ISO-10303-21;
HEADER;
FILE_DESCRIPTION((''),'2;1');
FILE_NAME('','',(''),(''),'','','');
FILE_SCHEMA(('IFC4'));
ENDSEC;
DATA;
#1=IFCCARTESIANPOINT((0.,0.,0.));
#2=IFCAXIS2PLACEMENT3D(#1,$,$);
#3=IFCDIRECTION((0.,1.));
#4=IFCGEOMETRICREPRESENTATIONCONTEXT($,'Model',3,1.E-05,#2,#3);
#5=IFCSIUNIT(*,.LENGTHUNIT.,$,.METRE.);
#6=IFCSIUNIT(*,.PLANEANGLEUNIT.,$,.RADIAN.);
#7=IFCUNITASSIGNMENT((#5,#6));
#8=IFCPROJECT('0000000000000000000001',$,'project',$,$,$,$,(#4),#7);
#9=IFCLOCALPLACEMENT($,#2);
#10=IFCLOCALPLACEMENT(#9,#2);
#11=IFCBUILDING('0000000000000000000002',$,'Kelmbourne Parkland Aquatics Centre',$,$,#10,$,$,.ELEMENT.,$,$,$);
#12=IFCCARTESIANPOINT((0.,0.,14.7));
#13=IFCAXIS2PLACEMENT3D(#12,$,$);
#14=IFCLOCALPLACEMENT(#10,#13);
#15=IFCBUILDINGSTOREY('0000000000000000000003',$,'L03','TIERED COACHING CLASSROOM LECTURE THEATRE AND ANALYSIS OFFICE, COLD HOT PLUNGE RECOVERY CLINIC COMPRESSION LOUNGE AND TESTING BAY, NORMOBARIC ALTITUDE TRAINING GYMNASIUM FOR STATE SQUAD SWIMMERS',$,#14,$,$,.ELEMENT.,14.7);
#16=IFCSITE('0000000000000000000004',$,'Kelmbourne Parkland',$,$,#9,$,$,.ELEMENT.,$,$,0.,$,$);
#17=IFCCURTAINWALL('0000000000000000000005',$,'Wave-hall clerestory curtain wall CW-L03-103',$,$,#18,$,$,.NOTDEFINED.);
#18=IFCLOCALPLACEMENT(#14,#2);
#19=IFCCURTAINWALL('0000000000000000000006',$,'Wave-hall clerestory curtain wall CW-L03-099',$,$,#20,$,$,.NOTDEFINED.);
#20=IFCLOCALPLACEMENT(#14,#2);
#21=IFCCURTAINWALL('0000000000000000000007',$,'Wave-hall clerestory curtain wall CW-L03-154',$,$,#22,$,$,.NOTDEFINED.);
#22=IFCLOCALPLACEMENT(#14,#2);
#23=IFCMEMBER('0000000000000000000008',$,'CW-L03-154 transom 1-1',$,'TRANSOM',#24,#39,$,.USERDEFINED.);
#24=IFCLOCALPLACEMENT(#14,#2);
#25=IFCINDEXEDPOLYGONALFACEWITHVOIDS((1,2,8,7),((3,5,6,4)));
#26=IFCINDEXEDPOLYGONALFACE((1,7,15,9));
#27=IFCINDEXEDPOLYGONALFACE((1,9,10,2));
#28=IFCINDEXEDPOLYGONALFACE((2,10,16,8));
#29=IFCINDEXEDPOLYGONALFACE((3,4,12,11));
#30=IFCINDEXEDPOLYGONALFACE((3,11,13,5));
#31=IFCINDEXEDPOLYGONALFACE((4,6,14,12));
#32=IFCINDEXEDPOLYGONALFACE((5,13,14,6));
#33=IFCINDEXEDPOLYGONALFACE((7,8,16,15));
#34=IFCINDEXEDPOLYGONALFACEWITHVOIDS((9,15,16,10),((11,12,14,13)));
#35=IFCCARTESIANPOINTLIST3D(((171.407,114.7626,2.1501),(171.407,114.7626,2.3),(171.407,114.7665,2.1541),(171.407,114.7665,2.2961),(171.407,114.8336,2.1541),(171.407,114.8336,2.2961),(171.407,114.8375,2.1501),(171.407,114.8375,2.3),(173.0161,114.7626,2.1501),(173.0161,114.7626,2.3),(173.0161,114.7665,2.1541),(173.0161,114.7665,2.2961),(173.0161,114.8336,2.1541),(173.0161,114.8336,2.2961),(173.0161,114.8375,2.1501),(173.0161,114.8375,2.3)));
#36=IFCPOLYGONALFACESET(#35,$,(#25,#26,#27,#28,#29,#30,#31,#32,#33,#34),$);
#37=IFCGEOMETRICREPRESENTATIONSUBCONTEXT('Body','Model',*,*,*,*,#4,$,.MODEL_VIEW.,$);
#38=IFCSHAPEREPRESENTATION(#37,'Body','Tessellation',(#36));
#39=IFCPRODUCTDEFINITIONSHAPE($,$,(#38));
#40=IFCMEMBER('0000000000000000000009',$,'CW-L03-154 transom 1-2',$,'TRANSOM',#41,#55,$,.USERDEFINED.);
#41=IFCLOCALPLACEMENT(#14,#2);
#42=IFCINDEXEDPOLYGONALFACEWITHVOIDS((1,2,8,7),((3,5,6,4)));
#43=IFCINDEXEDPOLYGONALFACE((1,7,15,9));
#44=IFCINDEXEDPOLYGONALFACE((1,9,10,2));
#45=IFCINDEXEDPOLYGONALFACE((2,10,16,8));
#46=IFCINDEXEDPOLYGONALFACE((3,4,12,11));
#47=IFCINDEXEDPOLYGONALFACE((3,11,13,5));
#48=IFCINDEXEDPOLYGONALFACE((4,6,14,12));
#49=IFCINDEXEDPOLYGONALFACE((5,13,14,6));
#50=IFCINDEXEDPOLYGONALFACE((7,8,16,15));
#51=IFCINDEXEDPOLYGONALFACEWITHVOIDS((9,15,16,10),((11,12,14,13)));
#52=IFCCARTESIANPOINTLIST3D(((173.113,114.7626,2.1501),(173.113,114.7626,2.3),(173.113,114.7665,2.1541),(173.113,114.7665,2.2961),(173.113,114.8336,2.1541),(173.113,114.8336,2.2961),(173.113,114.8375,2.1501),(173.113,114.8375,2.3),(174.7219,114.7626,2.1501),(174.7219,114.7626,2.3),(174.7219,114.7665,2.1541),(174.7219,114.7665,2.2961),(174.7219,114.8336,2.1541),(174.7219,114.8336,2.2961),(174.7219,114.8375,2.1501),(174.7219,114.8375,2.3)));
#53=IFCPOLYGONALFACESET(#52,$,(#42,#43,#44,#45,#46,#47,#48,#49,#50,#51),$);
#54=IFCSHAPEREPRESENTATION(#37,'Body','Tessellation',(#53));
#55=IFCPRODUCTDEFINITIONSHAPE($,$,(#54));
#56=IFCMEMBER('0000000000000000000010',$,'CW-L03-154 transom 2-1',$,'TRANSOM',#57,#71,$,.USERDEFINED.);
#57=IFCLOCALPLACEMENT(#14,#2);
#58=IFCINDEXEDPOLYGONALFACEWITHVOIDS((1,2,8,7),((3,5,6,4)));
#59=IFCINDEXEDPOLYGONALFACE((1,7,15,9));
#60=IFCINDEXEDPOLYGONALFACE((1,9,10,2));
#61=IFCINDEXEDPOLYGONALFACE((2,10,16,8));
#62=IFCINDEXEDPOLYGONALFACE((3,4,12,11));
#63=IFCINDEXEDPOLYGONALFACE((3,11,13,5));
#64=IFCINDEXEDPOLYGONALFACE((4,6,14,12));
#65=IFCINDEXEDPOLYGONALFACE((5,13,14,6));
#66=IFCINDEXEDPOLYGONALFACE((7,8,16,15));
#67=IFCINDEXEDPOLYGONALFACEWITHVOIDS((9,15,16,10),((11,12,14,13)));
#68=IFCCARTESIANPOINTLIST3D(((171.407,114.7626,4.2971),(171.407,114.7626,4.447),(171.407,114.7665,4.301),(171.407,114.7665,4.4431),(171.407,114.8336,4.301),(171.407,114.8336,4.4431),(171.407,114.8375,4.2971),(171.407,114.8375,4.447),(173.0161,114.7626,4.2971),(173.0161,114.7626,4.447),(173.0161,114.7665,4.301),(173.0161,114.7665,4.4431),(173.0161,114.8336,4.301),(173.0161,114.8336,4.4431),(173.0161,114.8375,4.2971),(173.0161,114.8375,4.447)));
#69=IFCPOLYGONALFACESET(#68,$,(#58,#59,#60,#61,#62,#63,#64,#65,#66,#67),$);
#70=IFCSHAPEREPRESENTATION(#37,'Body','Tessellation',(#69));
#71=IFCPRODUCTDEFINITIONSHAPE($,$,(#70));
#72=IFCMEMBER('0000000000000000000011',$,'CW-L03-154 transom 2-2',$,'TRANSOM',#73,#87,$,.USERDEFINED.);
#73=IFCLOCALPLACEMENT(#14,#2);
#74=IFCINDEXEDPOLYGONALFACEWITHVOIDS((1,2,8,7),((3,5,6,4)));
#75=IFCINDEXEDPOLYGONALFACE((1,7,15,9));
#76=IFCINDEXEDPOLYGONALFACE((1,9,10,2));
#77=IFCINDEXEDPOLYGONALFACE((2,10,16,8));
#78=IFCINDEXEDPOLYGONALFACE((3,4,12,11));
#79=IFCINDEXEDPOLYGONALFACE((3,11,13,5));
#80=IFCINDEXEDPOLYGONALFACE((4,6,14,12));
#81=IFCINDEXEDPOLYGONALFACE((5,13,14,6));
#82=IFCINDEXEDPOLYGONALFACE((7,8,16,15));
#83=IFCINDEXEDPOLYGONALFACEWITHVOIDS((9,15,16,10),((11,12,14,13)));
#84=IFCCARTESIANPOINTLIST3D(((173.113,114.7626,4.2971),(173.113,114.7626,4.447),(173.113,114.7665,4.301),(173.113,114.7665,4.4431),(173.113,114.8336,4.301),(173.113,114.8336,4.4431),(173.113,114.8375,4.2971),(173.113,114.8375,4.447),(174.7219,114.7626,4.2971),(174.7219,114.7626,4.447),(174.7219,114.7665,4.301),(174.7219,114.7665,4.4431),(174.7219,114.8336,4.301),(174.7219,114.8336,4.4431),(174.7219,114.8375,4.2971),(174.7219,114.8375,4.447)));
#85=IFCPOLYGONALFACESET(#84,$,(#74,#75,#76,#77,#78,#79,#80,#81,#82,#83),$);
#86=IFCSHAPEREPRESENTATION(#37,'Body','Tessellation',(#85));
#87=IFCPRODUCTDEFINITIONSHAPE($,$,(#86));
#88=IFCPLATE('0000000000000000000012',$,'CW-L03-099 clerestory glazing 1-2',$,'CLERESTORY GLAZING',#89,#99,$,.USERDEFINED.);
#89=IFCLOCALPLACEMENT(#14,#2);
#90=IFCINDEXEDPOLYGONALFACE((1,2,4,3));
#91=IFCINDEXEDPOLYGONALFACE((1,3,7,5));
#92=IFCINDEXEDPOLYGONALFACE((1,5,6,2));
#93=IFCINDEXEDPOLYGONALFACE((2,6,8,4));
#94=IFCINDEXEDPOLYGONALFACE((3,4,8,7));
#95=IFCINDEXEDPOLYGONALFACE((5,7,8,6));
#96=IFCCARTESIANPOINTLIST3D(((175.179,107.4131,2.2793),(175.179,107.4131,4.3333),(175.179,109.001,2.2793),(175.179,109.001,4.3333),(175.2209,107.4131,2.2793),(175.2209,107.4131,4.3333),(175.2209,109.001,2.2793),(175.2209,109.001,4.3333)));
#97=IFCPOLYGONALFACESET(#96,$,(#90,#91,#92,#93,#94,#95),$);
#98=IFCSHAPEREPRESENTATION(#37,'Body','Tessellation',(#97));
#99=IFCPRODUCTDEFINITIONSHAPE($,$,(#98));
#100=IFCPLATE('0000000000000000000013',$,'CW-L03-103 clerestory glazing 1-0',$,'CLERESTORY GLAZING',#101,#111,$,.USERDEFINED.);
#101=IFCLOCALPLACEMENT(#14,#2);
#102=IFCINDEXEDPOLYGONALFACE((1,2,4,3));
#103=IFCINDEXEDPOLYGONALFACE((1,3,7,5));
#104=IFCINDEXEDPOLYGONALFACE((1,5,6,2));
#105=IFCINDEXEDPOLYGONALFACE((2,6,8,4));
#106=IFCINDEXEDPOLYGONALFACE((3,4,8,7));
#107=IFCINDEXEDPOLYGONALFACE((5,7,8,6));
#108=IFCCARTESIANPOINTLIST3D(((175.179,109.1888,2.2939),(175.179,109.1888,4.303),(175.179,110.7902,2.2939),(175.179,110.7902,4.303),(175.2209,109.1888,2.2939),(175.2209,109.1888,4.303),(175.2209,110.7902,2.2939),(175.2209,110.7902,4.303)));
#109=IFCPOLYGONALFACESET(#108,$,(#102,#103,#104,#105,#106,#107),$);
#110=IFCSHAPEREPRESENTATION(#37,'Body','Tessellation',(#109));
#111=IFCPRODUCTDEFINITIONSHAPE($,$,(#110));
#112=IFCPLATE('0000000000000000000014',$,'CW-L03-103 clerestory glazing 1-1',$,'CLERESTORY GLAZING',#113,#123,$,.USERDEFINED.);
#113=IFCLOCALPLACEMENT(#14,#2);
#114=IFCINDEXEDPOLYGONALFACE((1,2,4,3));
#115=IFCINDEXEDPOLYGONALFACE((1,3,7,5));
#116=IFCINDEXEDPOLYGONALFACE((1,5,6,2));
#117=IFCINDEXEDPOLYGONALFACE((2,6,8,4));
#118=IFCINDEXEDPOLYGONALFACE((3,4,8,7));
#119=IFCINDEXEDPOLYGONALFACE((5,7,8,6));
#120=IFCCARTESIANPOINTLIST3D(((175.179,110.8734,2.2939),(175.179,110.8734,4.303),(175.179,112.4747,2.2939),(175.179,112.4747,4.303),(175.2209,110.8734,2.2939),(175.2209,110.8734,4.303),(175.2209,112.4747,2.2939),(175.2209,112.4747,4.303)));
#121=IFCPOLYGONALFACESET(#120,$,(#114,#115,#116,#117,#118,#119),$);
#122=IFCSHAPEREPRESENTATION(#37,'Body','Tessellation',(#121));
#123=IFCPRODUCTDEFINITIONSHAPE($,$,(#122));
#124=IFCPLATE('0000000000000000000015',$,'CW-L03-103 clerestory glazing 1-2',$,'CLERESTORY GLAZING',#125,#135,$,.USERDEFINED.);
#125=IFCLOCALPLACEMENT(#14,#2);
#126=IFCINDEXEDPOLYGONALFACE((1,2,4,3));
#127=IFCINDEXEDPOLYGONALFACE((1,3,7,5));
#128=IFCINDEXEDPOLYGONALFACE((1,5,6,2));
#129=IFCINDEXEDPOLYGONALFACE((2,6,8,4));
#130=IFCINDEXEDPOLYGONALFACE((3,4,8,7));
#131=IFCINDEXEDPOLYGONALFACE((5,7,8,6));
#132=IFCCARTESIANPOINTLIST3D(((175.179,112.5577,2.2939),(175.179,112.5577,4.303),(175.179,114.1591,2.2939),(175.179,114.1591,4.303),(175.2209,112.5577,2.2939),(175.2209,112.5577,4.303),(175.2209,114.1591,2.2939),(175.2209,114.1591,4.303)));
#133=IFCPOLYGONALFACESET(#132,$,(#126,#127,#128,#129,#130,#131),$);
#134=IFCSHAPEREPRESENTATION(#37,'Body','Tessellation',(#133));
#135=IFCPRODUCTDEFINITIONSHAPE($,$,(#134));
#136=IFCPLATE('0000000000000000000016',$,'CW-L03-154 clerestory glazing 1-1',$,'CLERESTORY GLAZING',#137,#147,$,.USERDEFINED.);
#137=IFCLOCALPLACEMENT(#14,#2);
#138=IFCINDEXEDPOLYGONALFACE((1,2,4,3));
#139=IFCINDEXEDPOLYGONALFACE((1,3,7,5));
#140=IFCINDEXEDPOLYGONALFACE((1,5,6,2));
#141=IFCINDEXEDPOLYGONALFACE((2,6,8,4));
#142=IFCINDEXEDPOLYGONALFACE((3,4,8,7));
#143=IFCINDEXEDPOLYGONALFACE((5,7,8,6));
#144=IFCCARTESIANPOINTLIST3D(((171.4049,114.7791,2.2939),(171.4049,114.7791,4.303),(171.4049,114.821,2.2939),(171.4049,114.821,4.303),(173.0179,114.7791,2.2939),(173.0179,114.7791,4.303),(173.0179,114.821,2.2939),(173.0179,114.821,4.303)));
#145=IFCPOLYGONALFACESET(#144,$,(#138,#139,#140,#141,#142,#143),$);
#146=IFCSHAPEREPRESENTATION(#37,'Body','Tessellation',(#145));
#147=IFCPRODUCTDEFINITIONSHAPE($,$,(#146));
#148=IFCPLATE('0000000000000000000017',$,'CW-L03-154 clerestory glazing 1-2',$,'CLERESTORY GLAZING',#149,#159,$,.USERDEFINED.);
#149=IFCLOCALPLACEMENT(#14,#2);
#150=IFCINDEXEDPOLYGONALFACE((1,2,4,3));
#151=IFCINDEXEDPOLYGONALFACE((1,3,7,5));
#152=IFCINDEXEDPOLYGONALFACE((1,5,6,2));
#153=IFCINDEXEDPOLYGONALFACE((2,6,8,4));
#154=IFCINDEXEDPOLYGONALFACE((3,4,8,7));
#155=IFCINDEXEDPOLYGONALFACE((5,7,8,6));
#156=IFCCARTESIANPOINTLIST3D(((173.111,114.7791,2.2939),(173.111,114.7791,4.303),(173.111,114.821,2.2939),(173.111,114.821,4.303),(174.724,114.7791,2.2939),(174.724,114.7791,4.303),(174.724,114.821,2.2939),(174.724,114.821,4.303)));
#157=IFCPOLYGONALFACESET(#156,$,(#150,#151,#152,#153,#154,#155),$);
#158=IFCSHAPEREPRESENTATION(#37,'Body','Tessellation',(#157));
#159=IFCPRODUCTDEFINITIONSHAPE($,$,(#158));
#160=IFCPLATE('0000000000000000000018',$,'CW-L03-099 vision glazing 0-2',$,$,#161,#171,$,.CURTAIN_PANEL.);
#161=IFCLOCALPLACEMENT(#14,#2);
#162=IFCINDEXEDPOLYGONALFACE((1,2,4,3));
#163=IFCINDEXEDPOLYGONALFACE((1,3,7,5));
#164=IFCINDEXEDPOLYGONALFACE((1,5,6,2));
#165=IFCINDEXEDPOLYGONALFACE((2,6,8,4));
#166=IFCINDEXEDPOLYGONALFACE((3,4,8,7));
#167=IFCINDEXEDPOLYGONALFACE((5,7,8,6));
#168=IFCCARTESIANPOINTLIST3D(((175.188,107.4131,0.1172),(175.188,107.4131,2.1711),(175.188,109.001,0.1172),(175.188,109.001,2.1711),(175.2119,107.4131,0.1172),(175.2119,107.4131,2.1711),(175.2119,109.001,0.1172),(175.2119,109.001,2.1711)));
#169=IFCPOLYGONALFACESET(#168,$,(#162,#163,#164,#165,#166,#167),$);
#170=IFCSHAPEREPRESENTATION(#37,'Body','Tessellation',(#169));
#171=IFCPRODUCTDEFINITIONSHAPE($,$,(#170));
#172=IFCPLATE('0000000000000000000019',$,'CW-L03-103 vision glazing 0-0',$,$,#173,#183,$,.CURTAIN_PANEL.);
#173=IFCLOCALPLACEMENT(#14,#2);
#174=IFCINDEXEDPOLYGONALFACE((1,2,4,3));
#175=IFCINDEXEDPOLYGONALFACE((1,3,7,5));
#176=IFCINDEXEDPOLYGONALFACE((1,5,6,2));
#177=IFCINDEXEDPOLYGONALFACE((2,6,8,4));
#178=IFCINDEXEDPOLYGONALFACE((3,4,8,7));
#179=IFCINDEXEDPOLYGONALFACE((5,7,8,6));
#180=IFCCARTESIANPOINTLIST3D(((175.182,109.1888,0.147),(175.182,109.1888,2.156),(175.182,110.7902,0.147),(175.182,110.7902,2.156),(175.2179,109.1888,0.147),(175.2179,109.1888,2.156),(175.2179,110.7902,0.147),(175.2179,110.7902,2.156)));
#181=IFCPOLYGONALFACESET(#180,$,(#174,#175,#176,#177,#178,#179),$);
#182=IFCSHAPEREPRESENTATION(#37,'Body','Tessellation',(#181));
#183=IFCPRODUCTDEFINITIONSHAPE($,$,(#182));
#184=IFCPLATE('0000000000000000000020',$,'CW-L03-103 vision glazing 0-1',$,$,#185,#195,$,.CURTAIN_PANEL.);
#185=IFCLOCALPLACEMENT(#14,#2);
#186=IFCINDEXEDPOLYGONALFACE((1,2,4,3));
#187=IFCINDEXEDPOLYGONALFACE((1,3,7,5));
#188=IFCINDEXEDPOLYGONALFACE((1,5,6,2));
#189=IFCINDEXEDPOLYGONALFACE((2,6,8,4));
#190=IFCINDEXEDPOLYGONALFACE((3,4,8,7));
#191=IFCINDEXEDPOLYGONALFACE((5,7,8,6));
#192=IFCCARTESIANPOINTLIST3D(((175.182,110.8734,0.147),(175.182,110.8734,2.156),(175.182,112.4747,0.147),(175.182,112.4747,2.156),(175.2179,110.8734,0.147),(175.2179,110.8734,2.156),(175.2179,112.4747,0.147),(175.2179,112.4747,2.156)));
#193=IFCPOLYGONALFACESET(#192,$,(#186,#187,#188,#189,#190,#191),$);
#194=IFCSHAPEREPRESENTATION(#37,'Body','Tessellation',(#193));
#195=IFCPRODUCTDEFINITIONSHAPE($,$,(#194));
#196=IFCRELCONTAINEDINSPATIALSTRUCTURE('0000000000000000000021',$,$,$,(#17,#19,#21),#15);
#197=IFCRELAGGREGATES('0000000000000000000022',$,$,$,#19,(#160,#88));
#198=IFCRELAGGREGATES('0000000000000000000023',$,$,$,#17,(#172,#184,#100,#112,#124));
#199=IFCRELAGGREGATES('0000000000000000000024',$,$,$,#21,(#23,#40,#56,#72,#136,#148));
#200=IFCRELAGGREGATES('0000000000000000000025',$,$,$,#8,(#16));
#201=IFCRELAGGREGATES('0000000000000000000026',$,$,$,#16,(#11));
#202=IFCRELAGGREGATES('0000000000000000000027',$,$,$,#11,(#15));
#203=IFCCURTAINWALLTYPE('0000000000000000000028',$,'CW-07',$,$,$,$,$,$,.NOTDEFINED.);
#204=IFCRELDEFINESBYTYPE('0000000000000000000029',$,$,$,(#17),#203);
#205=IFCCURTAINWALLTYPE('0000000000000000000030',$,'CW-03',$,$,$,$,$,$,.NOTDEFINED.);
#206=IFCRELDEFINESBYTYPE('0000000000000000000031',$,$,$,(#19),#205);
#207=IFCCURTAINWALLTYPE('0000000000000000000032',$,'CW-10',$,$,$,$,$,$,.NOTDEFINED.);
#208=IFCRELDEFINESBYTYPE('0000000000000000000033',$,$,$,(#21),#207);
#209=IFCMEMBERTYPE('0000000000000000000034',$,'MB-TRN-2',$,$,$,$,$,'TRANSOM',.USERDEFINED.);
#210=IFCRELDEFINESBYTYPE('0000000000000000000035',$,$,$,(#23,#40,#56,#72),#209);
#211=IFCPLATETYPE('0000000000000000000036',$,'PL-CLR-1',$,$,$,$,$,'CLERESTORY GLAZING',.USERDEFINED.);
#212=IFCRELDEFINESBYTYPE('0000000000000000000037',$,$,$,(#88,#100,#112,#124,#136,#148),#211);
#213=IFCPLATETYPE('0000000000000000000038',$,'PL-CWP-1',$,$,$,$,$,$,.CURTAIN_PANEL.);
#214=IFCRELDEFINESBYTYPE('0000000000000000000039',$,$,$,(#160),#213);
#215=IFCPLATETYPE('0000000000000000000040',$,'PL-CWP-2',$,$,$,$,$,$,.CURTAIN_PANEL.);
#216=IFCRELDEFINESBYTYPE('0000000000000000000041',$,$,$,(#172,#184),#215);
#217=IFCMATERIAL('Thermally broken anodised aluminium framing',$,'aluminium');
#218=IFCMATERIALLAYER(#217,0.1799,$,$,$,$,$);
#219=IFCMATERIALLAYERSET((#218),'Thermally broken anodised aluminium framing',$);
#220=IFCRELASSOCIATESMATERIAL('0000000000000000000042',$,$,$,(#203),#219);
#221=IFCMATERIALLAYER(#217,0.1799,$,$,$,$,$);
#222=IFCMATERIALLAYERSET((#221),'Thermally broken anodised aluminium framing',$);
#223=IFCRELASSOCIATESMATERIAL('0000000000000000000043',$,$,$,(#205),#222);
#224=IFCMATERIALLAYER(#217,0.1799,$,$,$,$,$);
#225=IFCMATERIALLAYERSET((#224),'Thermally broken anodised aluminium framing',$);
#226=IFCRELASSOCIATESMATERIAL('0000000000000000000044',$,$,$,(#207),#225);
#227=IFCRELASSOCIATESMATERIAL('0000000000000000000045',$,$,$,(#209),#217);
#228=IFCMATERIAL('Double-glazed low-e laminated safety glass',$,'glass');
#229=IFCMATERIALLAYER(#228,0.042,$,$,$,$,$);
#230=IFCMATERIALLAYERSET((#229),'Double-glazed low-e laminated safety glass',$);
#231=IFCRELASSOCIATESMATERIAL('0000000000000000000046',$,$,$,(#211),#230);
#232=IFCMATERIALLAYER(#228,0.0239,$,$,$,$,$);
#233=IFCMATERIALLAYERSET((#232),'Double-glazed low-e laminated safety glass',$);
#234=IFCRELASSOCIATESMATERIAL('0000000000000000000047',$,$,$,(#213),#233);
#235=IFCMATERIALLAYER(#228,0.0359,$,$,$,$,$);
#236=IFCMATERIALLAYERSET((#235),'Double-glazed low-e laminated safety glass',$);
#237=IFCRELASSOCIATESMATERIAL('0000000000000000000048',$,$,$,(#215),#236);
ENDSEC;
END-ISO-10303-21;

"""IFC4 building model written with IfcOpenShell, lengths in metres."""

from ifc_helpers import new_model, si_unit, direction, frame, origin, origin_2d, place, context, subcontext, project, spatial, rectangle, hollow_rectangle, extrude, material, layer, layer_set, material_profile, profile_set, type_object, element, aggregate, save


model = new_model("IFC4")

# Units and contexts
model_context = context("Model", 3, precision=1e-05, world=origin(), true_north=direction((0.0, 1.0)))
body_context = subcontext(model_context, "Body", "Model", "MODEL_VIEW")
ifc_project = project(units=[si_unit("LENGTHUNIT", "METRE"), si_unit("PLANEANGLEUNIT", "RADIAN")], contexts=[model_context])

# Site, building, storey
site_placement = place(None, origin())
site = spatial("IfcSite", under=ifc_project, at=site_placement, Name="Kelmbourne Parkland", CompositionType="ELEMENT", RefElevation=0.0)
building_placement = place(site_placement, origin())
building = spatial("IfcBuilding", under=site, at=building_placement, Name="Kelmbourne Parkland Aquatics Centre", CompositionType="ELEMENT")
storey_placement = place(building_placement, frame((0.0, 0.0, 14.7)))
storey = spatial("IfcBuildingStorey", under=building, at=storey_placement, Name="L03", Description="TIERED COACHING CLASSROOM LECTURE THEATRE AND ANALYSIS OFFICE, COLD HOT PLUNGE RECOVERY CLINIC COMPRESSION LOUNGE AND TESTING BAY, NORMOBARIC ALTITUDE TRAINING GYMNASIUM FOR STATE SQUAD SWIMMERS", CompositionType="ELEMENT", Elevation=14.7)

# Curtain walls
ifc_material_1 = material(Name="Thermally broken anodised aluminium framing", Category="aluminium")
ifc_layer_1 = layer(ifc_material_1, 0.1799)
ifc_layer_set_1 = layer_set([ifc_layer_1], Name="Thermally broken anodised aluminium framing")
curtain_wall_type_1 = type_object("IfcCurtainWallType", Name="CW-07", PredefinedType="NOTDEFINED", material=ifc_layer_set_1)
curtain_wall_1_placement = place(storey_placement, origin())
curtain_wall_1 = element("IfcCurtainWall", 1, at=curtain_wall_1_placement, inside=storey, type_object=curtain_wall_type_1, Name="Wave-hall clerestory curtain wall CW-L03-103", PredefinedType="NOTDEFINED")
ifc_layer_2 = layer(ifc_material_1, 0.1799)
ifc_layer_set_2 = layer_set([ifc_layer_2], Name="Thermally broken anodised aluminium framing")
curtain_wall_type_2 = type_object("IfcCurtainWallType", Name="CW-03", PredefinedType="NOTDEFINED", material=ifc_layer_set_2)
curtain_wall_2_placement = place(storey_placement, origin())
curtain_wall_2 = element("IfcCurtainWall", 2, at=curtain_wall_2_placement, inside=storey, type_object=curtain_wall_type_2, Name="Wave-hall clerestory curtain wall CW-L03-099", PredefinedType="NOTDEFINED")
ifc_layer_3 = layer(ifc_material_1, 0.1799)
ifc_layer_set_3 = layer_set([ifc_layer_3], Name="Thermally broken anodised aluminium framing")
curtain_wall_type_3 = type_object("IfcCurtainWallType", Name="CW-10", PredefinedType="NOTDEFINED", material=ifc_layer_set_3)
curtain_wall_3_placement = place(storey_placement, origin())
curtain_wall_3 = element("IfcCurtainWall", 3, at=curtain_wall_3_placement, inside=storey, type_object=curtain_wall_type_3, Name="Wave-hall clerestory curtain wall CW-L03-154", PredefinedType="NOTDEFINED")

# Members
ifc_material_profile_1 = material_profile(ifc_material_1, hollow_rectangle(XDim=0.075, YDim=0.1499, WallThickness=0.0039, at=origin_2d()), Name="CW-T 75x150")
ifc_profile_set_1 = profile_set([ifc_material_profile_1], Name="Thermally broken anodised aluminium framing")
member_type_1 = type_object("IfcMemberType", Name="MB-TRN-2", ElementType="TRANSOM", PredefinedType="USERDEFINED", material=ifc_profile_set_1)
member_1_placement = place(storey_placement, frame((171.407, 114.8, 2.2251), z_axis=(1.0, 0.0, 0.0), x_axis=(0.0, 1.0, 0.0)))
member_1 = element("IfcMember", 4, at=member_1_placement, type_object=member_type_1, Name="CW-L03-154 transom 1-1", ObjectType="TRANSOM", PredefinedType="USERDEFINED", context=body_context, shape_type="SweptSolid", body=[
    extrude(hollow_rectangle(XDim=0.075, YDim=0.1499, WallThickness=0.0039, at=origin_2d()), origin(), (0.0, 0.0, 1.0), 1.6091),
])
member_2_placement = place(storey_placement, frame((173.113, 114.8, 2.2251), z_axis=(1.0, 0.0, 0.0), x_axis=(0.0, 1.0, 0.0)))
member_2 = element("IfcMember", 5, at=member_2_placement, type_object=member_type_1, Name="CW-L03-154 transom 1-2", ObjectType="TRANSOM", PredefinedType="USERDEFINED", context=body_context, shape_type="SweptSolid", body=[
    extrude(hollow_rectangle(XDim=0.075, YDim=0.1499, WallThickness=0.0039, at=origin_2d()), origin(), (0.0, 0.0, 1.0), 1.6089),
])
member_3_placement = place(storey_placement, frame((171.407, 114.8, 4.3721), z_axis=(1.0, 0.0, 0.0), x_axis=(0.0, 1.0, 0.0)))
member_3 = element("IfcMember", 6, at=member_3_placement, type_object=member_type_1, Name="CW-L03-154 transom 2-1", ObjectType="TRANSOM", PredefinedType="USERDEFINED", context=body_context, shape_type="SweptSolid", body=[
    extrude(hollow_rectangle(XDim=0.075, YDim=0.1499, WallThickness=0.0039, at=origin_2d()), origin(), (0.0, 0.0, 1.0), 1.6091),
])
member_4_placement = place(storey_placement, frame((173.113, 114.8, 4.3721), z_axis=(1.0, 0.0, 0.0), x_axis=(0.0, 1.0, 0.0)))
member_4 = element("IfcMember", 7, at=member_4_placement, type_object=member_type_1, Name="CW-L03-154 transom 2-2", ObjectType="TRANSOM", PredefinedType="USERDEFINED", context=body_context, shape_type="SweptSolid", body=[
    extrude(hollow_rectangle(XDim=0.075, YDim=0.1499, WallThickness=0.0039, at=origin_2d()), origin(), (0.0, 0.0, 1.0), 1.6089),
])

# Plates
ifc_material_2 = material(Name="Double-glazed low-e laminated safety glass", Category="glass")
ifc_layer_4 = layer(ifc_material_2, 0.042)
ifc_layer_set_4 = layer_set([ifc_layer_4], Name="Double-glazed low-e laminated safety glass")
plate_type_1 = type_object("IfcPlateType", Name="PL-CLR-1", ElementType="CLERESTORY GLAZING", PredefinedType="USERDEFINED", material=ifc_layer_set_4)
plate_1_placement = place(storey_placement, frame((175.2, 108.207, 2.2793), z_axis=(0.0, 0.0, 1.0), x_axis=(0.0, 1.0, 0.0)))
plate_1 = element("IfcPlate", 8, at=plate_1_placement, type_object=plate_type_1, Name="CW-L03-099 clerestory glazing 1-2", ObjectType="CLERESTORY GLAZING", PredefinedType="USERDEFINED", context=body_context, shape_type="SweptSolid", body=[
    extrude(rectangle(XDim=1.5879, YDim=0.042, at=origin_2d()), origin(), (0.0, 0.0, 1.0), 2.054),
])
plate_2_placement = place(storey_placement, frame((175.2, 109.9895, 2.2939), z_axis=(0.0, 0.0, 1.0), x_axis=(0.0, 1.0, 0.0)))
plate_2 = element("IfcPlate", 9, at=plate_2_placement, type_object=plate_type_1, Name="CW-L03-103 clerestory glazing 1-0", ObjectType="CLERESTORY GLAZING", PredefinedType="USERDEFINED", context=body_context, shape_type="SweptSolid", body=[
    extrude(rectangle(XDim=1.6013, YDim=0.042, at=origin_2d()), origin(), (0.0, 0.0, 1.0), 2.009),
])
plate_3_placement = place(storey_placement, frame((175.2, 111.6741, 2.2939), z_axis=(0.0, 0.0, 1.0), x_axis=(0.0, 1.0, 0.0)))
plate_3 = element("IfcPlate", 10, at=plate_3_placement, type_object=plate_type_1, Name="CW-L03-103 clerestory glazing 1-1", ObjectType="CLERESTORY GLAZING", PredefinedType="USERDEFINED", context=body_context, shape_type="SweptSolid", body=[
    extrude(rectangle(XDim=1.6013, YDim=0.042, at=origin_2d()), origin(), (0.0, 0.0, 1.0), 2.009),
])
plate_4_placement = place(storey_placement, frame((175.2, 113.3584, 2.2939), z_axis=(0.0, 0.0, 1.0), x_axis=(0.0, 1.0, 0.0)))
plate_4 = element("IfcPlate", 11, at=plate_4_placement, type_object=plate_type_1, Name="CW-L03-103 clerestory glazing 1-2", ObjectType="CLERESTORY GLAZING", PredefinedType="USERDEFINED", context=body_context, shape_type="SweptSolid", body=[
    extrude(rectangle(XDim=1.6013, YDim=0.042, at=origin_2d()), origin(), (0.0, 0.0, 1.0), 2.009),
])
plate_5_placement = place(storey_placement, frame((172.2114, 114.8, 2.2939), z_axis=(0.0, 0.0, 1.0), x_axis=(1.0, 0.0, 0.0)))
plate_5 = element("IfcPlate", 12, at=plate_5_placement, type_object=plate_type_1, Name="CW-L03-154 clerestory glazing 1-1", ObjectType="CLERESTORY GLAZING", PredefinedType="USERDEFINED", context=body_context, shape_type="SweptSolid", body=[
    extrude(rectangle(XDim=1.613, YDim=0.042, at=origin_2d()), origin(), (0.0, 0.0, 1.0), 2.009),
])
plate_6_placement = place(storey_placement, frame((173.9175, 114.8, 2.2939), z_axis=(0.0, 0.0, 1.0), x_axis=(1.0, 0.0, 0.0)))
plate_6 = element("IfcPlate", 13, at=plate_6_placement, type_object=plate_type_1, Name="CW-L03-154 clerestory glazing 1-2", ObjectType="CLERESTORY GLAZING", PredefinedType="USERDEFINED", context=body_context, shape_type="SweptSolid", body=[
    extrude(rectangle(XDim=1.613, YDim=0.042, at=origin_2d()), origin(), (0.0, 0.0, 1.0), 2.009),
])
ifc_layer_5 = layer(ifc_material_2, 0.0239)
ifc_layer_set_5 = layer_set([ifc_layer_5], Name="Double-glazed low-e laminated safety glass")
plate_type_2 = type_object("IfcPlateType", Name="PL-CWP-1", PredefinedType="CURTAIN_PANEL", material=ifc_layer_set_5)
plate_7_placement = place(storey_placement, frame((175.2, 108.207, 0.1172), z_axis=(0.0, 0.0, 1.0), x_axis=(0.0, 1.0, 0.0)))
plate_7 = element("IfcPlate", 14, at=plate_7_placement, type_object=plate_type_2, Name="CW-L03-099 vision glazing 0-2", PredefinedType="CURTAIN_PANEL", context=body_context, shape_type="SweptSolid", body=[
    extrude(rectangle(XDim=1.5879, YDim=0.0239, at=origin_2d()), origin(), (0.0, 0.0, 1.0), 2.054),
])
aggregate(curtain_wall_2, [plate_7, plate_1])
ifc_layer_6 = layer(ifc_material_2, 0.0359)
ifc_layer_set_6 = layer_set([ifc_layer_6], Name="Double-glazed low-e laminated safety glass")
plate_type_3 = type_object("IfcPlateType", Name="PL-CWP-2", PredefinedType="CURTAIN_PANEL", material=ifc_layer_set_6)
plate_8_placement = place(storey_placement, frame((175.2, 109.9895, 0.147), z_axis=(0.0, 0.0, 1.0), x_axis=(0.0, 1.0, 0.0)))
plate_8 = element("IfcPlate", 15, at=plate_8_placement, type_object=plate_type_3, Name="CW-L03-103 vision glazing 0-0", PredefinedType="CURTAIN_PANEL", context=body_context, shape_type="SweptSolid", body=[
    extrude(rectangle(XDim=1.6013, YDim=0.0359, at=origin_2d()), origin(), (0.0, 0.0, 1.0), 2.009),
])
plate_9_placement = place(storey_placement, frame((175.2, 111.6741, 0.147), z_axis=(0.0, 0.0, 1.0), x_axis=(0.0, 1.0, 0.0)))
plate_9 = element("IfcPlate", 16, at=plate_9_placement, type_object=plate_type_3, Name="CW-L03-103 vision glazing 0-1", PredefinedType="CURTAIN_PANEL", context=body_context, shape_type="SweptSolid", body=[
    extrude(rectangle(XDim=1.6013, YDim=0.0359, at=origin_2d()), origin(), (0.0, 0.0, 1.0), 2.009),
])
aggregate(curtain_wall_1, [plate_8, plate_9, plate_2, plate_3, plate_4])
aggregate(curtain_wall_3, [member_1, member_2, member_3, member_4, plate_5, plate_6])

save(model, "model.ifc")
